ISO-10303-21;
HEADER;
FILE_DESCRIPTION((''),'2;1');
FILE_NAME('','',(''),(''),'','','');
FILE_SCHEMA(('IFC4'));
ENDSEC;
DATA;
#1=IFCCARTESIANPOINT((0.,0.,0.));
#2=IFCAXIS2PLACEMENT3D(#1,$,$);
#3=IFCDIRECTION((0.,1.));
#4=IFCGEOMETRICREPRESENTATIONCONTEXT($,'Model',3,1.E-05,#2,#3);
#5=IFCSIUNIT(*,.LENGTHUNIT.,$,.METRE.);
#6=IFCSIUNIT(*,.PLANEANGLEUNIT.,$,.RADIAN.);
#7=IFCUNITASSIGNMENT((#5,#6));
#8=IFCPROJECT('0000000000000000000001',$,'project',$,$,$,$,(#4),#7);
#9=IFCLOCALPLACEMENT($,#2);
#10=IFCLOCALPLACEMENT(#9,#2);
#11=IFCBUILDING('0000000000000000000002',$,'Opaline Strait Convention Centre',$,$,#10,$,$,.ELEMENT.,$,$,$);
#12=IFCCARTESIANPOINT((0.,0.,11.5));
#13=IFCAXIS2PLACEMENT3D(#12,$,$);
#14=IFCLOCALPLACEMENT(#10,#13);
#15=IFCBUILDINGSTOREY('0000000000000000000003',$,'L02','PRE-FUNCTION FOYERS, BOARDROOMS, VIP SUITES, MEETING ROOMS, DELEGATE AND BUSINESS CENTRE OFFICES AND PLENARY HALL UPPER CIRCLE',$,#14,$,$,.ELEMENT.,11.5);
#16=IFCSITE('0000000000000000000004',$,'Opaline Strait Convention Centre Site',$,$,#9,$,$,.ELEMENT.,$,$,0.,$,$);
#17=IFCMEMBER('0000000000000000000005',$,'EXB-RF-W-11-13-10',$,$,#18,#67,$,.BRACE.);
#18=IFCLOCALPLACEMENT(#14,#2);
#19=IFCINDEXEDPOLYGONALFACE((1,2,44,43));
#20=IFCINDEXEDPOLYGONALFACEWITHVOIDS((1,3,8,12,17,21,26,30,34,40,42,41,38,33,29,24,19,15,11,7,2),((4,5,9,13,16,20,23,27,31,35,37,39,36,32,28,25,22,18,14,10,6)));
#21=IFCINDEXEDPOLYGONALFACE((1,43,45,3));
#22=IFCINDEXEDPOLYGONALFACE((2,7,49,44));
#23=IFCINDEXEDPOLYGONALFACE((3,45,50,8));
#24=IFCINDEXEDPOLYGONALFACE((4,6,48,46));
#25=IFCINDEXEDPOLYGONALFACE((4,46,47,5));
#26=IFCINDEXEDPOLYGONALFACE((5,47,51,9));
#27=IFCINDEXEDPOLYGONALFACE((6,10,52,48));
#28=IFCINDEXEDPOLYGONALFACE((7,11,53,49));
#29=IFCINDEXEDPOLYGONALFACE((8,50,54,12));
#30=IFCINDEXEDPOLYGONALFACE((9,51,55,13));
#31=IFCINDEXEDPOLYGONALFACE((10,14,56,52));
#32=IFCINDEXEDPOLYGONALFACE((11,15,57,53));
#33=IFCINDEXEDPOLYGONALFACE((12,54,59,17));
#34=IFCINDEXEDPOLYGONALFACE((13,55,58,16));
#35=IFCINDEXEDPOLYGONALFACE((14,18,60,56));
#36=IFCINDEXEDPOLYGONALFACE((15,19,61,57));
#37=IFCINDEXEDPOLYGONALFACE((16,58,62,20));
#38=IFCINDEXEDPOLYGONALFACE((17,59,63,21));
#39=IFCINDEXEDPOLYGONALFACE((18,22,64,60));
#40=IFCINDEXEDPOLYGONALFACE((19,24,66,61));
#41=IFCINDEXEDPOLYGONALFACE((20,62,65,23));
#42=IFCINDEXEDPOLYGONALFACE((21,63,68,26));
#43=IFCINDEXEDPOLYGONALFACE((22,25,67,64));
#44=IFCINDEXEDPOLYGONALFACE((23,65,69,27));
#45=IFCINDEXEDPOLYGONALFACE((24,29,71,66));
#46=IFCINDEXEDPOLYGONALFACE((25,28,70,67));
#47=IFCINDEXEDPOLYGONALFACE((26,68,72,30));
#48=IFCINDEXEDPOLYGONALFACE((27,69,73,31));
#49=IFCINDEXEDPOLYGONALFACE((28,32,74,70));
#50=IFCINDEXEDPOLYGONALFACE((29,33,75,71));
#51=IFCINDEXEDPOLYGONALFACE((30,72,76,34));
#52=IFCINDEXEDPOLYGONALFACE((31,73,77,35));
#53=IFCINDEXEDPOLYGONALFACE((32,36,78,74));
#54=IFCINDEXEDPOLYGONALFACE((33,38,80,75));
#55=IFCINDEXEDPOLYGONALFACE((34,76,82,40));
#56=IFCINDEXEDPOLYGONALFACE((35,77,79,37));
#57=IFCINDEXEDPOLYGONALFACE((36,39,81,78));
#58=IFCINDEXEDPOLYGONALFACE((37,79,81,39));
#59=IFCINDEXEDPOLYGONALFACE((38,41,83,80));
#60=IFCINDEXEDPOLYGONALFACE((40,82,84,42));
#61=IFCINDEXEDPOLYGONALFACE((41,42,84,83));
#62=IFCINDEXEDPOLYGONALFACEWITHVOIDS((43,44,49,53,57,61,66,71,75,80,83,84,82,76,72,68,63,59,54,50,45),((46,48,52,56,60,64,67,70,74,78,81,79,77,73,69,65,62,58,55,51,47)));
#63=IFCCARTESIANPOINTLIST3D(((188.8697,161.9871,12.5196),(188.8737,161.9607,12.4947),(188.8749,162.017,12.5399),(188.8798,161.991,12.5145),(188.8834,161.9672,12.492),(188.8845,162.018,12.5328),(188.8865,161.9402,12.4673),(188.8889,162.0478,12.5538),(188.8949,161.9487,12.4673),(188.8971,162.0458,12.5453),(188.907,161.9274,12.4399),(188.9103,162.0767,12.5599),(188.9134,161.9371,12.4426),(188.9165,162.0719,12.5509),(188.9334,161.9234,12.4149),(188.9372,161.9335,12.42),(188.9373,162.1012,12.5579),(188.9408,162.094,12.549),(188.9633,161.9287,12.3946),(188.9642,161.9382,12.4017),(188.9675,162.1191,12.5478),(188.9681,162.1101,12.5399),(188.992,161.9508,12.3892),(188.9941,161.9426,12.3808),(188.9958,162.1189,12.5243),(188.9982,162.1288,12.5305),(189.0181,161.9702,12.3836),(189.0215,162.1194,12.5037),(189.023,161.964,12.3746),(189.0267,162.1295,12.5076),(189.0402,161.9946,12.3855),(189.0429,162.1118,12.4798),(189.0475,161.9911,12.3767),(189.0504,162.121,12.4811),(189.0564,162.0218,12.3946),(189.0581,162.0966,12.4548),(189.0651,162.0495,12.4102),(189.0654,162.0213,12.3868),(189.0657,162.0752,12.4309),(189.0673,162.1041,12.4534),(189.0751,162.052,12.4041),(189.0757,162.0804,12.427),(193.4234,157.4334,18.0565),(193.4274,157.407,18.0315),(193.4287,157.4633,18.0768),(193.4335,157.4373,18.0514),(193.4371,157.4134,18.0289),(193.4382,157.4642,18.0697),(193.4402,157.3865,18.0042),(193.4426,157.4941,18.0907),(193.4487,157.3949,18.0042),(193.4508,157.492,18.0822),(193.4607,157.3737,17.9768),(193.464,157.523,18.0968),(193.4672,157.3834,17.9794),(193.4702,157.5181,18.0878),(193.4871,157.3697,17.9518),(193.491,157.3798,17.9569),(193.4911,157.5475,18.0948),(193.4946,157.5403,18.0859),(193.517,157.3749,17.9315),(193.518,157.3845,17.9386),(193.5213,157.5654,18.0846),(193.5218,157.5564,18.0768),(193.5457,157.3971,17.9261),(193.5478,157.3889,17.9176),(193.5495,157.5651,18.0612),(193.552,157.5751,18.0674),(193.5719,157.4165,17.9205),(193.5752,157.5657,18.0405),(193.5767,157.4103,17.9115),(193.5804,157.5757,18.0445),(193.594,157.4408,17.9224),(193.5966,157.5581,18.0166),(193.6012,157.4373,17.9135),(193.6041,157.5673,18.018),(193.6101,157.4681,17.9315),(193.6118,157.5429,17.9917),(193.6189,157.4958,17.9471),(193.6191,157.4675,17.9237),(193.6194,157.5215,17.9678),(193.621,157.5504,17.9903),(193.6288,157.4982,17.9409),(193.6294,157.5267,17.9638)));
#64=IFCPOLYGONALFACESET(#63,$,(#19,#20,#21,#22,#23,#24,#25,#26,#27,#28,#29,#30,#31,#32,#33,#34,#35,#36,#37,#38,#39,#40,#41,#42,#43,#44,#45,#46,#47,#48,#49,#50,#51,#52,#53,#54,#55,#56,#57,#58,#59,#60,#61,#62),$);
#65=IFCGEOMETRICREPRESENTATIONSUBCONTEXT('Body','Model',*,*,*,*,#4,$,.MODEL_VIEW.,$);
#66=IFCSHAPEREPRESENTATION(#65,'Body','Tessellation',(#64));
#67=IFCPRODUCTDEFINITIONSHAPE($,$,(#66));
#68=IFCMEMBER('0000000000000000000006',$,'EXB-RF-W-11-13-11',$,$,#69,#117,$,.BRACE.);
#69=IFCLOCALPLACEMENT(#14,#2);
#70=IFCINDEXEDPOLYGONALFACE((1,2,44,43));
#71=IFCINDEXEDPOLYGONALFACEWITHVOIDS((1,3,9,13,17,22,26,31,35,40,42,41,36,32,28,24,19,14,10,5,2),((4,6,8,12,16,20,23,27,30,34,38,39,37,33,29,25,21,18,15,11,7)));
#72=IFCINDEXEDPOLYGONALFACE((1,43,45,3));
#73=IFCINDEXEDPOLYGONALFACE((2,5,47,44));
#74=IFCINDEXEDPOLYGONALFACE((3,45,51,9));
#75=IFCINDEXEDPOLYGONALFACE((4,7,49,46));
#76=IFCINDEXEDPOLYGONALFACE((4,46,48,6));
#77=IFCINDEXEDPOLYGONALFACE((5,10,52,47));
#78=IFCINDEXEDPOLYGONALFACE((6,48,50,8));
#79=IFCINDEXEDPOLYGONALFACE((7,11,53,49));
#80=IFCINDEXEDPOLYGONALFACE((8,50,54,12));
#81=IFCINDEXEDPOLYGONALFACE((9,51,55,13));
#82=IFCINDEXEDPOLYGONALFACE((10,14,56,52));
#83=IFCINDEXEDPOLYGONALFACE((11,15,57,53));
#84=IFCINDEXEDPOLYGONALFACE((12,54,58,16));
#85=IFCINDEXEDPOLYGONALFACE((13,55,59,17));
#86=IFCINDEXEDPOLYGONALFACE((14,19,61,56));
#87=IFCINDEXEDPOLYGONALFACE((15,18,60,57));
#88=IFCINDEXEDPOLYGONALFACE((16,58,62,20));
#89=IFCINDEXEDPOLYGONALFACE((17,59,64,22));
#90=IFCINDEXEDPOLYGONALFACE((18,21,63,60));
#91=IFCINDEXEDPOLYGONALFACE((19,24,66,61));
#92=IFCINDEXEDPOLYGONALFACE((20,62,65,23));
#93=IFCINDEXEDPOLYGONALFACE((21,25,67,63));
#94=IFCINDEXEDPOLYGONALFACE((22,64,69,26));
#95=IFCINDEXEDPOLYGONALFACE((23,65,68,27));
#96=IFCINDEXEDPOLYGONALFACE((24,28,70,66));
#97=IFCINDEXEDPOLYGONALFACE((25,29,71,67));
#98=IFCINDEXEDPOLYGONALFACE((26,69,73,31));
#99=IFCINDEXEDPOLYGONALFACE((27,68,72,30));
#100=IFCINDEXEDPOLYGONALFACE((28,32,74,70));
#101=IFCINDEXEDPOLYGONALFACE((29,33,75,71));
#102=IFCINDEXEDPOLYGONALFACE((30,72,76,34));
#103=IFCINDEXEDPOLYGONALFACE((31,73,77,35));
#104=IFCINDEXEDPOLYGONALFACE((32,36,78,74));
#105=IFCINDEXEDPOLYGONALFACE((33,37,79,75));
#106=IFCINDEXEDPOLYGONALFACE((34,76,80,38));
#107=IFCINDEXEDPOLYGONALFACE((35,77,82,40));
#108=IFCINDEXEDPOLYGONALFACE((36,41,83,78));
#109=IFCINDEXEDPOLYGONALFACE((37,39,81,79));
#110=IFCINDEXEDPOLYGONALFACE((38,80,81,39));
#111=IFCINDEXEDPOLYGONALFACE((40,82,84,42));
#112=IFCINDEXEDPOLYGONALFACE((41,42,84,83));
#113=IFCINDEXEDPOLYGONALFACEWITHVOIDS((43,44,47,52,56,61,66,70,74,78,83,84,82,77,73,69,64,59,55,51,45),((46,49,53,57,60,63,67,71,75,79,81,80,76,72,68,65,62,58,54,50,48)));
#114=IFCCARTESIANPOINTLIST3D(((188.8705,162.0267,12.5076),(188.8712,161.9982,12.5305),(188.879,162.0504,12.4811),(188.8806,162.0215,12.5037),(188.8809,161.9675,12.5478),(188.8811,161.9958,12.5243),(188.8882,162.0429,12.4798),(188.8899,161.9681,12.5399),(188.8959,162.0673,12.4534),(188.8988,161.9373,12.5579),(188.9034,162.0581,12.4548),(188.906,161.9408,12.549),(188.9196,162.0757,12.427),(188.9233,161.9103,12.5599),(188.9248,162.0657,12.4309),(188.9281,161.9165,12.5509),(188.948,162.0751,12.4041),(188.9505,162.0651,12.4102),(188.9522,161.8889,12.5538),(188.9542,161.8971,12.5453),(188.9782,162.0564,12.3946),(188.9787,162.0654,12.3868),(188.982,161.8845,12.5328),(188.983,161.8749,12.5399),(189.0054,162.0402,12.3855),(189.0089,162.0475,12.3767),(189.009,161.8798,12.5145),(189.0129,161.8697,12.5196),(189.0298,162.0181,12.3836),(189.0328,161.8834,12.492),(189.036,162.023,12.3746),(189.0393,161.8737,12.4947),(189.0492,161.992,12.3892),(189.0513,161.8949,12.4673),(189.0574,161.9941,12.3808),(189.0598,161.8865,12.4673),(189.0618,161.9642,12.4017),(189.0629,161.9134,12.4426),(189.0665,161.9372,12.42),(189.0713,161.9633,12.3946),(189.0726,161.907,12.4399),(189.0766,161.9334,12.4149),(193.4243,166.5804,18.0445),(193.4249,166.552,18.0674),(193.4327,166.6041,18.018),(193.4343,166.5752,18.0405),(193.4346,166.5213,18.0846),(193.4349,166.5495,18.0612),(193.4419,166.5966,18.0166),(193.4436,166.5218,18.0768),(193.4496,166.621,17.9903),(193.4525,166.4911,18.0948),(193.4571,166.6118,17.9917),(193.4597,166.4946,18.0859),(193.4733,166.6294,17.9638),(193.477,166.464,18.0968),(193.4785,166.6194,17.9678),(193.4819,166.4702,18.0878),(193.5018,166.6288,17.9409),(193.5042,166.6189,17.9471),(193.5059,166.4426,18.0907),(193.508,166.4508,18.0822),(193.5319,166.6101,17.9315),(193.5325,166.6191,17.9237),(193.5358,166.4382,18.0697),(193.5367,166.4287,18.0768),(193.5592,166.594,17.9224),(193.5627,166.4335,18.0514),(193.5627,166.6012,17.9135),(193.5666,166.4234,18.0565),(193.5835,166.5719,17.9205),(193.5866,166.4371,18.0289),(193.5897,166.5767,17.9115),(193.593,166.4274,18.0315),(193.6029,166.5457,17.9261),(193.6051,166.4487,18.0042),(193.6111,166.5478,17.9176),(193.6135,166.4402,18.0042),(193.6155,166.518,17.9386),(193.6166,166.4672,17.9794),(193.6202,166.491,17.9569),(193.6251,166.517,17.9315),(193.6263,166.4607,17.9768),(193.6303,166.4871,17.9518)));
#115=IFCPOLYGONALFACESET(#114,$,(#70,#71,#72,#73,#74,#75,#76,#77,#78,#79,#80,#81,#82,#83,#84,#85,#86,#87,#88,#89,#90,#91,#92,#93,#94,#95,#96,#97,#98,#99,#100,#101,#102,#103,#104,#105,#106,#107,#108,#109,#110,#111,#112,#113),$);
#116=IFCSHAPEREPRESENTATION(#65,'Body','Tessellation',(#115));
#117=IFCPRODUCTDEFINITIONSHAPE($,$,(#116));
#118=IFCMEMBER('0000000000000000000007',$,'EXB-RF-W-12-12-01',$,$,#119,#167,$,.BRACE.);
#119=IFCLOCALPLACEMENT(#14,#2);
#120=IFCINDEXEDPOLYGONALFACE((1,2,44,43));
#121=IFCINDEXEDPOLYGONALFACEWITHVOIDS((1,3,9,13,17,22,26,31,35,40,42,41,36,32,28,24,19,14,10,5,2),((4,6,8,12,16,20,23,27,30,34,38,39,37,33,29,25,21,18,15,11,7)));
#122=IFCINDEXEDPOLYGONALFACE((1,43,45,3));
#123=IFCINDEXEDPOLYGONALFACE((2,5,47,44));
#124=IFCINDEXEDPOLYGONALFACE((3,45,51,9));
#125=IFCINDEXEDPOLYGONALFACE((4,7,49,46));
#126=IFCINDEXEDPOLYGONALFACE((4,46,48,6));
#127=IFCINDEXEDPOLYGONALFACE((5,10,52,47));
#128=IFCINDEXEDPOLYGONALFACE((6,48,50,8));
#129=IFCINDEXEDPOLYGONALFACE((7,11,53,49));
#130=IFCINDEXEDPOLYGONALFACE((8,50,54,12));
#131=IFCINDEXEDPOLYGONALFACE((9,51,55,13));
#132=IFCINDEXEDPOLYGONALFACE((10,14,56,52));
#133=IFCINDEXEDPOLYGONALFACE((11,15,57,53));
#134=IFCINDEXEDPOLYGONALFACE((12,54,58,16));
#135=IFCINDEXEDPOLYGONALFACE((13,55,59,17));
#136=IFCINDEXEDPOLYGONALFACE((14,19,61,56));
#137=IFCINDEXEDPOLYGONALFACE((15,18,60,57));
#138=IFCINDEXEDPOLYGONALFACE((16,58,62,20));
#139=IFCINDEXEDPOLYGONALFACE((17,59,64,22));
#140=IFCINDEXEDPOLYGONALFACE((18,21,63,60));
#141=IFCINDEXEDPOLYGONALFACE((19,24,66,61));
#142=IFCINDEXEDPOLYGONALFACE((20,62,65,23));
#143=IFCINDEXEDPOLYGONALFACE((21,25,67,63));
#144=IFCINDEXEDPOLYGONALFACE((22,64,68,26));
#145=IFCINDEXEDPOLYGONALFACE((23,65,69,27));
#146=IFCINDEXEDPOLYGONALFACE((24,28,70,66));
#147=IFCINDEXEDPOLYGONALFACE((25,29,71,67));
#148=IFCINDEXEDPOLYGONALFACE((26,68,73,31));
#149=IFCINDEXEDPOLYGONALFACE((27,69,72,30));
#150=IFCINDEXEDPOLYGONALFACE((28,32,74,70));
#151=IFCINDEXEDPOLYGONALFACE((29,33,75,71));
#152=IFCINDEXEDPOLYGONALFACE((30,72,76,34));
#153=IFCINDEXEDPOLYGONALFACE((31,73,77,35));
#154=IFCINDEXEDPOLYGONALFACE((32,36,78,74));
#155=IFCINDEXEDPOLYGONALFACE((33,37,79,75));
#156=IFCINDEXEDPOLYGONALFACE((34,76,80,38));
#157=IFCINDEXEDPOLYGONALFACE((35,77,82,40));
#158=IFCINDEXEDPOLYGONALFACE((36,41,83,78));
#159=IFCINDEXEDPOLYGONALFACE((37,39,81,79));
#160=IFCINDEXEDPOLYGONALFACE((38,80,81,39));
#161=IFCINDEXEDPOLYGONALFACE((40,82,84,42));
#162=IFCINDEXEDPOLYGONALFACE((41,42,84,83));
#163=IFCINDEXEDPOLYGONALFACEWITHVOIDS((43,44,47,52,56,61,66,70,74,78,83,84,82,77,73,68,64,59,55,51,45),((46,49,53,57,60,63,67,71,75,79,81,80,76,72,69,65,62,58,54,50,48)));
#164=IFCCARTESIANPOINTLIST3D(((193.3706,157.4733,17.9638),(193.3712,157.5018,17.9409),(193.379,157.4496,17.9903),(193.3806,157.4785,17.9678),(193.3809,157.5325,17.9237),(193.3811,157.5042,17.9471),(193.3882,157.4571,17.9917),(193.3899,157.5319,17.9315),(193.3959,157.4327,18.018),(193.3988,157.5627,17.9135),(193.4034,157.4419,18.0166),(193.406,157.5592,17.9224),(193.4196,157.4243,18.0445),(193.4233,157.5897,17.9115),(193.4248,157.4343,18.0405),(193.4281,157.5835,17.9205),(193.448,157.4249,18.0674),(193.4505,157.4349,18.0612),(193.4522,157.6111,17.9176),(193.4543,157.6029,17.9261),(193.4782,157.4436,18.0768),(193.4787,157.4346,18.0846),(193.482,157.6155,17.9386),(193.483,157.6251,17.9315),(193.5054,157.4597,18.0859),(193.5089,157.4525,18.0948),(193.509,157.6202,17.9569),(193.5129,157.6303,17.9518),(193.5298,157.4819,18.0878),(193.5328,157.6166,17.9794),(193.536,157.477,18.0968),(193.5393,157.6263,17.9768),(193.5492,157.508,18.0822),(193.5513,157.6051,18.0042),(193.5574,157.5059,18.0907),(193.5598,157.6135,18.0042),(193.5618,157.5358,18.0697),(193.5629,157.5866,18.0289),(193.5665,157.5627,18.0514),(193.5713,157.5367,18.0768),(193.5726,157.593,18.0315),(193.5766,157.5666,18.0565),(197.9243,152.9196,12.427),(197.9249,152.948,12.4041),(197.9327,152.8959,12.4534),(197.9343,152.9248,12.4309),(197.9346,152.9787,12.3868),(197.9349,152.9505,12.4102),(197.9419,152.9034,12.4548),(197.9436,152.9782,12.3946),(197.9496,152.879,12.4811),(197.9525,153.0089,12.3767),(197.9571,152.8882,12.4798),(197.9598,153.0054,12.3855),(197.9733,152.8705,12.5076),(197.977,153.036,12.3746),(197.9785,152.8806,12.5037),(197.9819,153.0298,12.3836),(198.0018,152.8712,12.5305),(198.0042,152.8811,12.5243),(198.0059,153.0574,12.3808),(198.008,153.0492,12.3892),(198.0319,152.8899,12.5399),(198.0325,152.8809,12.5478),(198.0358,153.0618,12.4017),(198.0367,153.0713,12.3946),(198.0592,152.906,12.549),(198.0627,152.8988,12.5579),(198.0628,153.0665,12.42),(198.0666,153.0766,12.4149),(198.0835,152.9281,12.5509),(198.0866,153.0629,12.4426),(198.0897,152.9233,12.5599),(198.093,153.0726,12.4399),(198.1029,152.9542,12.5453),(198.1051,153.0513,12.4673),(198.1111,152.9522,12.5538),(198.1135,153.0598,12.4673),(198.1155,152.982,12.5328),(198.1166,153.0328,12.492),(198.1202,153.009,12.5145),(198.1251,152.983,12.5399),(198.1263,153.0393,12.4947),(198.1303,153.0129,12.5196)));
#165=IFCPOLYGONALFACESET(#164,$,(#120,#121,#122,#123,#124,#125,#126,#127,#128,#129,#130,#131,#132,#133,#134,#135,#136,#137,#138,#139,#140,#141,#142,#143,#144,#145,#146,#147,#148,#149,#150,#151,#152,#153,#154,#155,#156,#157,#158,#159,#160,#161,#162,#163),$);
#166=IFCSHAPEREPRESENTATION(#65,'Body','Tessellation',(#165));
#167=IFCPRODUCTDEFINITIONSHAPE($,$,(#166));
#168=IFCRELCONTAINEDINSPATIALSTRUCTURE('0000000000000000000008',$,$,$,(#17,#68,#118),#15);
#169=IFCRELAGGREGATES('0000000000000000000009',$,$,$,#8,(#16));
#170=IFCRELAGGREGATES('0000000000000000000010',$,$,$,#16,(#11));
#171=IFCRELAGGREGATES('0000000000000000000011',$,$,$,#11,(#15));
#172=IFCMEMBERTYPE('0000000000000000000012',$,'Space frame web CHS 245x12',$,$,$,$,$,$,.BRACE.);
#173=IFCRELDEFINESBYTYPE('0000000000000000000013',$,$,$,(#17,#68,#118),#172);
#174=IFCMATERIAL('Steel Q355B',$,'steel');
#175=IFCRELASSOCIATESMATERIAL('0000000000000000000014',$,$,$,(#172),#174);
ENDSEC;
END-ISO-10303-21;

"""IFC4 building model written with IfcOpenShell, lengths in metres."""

from ifc_helpers import new_model, si_unit, direction, frame, origin, origin_2d, place, context, subcontext, project, spatial, hollow_circle, extrude, material, material_profile, profile_set, type_object, element, save


model = new_model("IFC4")

# Units and contexts
model_context = context("Model", 3, precision=1e-05, world=origin(), true_north=direction((0.0, 1.0)))
body_context = subcontext(model_context, "Body", "Model", "MODEL_VIEW")
ifc_project = project(units=[si_unit("LENGTHUNIT", "METRE"), si_unit("PLANEANGLEUNIT", "RADIAN")], contexts=[model_context])

# Site, building, storey
site_placement = place(None, origin())
site = spatial("IfcSite", under=ifc_project, at=site_placement, Name="Opaline Strait Convention Centre Site", CompositionType="ELEMENT", RefElevation=0.0)
building_placement = place(site_placement, origin())
building = spatial("IfcBuilding", under=site, at=building_placement, Name="Opaline Strait Convention Centre", CompositionType="ELEMENT")
storey_placement = place(building_placement, frame((0.0, 0.0, 11.5)))
storey = spatial("IfcBuildingStorey", under=building, at=storey_placement, Name="L02", Description="PRE-FUNCTION FOYERS, BOARDROOMS, VIP SUITES, MEETING ROOMS, DELEGATE AND BUSINESS CENTRE OFFICES AND PLENARY HALL UPPER CIRCLE", CompositionType="ELEMENT", Elevation=11.5)

# Members
ifc_material_1 = material(Name="Steel Q355B", Category="steel")
ifc_material_profile_1 = material_profile(ifc_material_1, hollow_circle(Radius=0.1226, WallThickness=0.012, at=origin_2d()), Name="CHS 245x12")
ifc_profile_set_1 = profile_set([ifc_material_profile_1], Name="Steel Q355B")
member_type_1 = type_object("IfcMemberType", Name="Space frame web CHS 245x12", PredefinedType="BRACE", material=ifc_profile_set_1)
for number, where, z_axis, x_axis, name in (
    (1, (193.5269, 157.4731, 18.0042), (-0.536178, 0.536178, -0.65194), (-0.707107, -0.707107, 0.0), "EXB-RF-W-11-13-10"),
    (2, (193.5269, 166.5269, 18.0042), (-0.536178, -0.536178, -0.65194), (0.707107, -0.707107, 0.0), "EXB-RF-W-11-13-11"),
    (3, (193.4731, 157.5269, 18.0042), (0.536178, -0.536178, -0.65194), (0.707107, 0.707107, 0.0), "EXB-RF-W-12-12-01"),
):
    element("IfcMember", number, at=place(storey_placement, frame(where, z_axis=z_axis, x_axis=x_axis)), inside=storey, type_object=member_type_1, Name=name, PredefinedType="BRACE", context=body_context, shape_type="SweptSolid", body=[
        extrude(hollow_circle(Radius=0.1226, WallThickness=0.012, at=origin_2d()), origin(), (0.0, 0.0, 1.0), 8.4929),
    ])

save(model, "model.ifc")
